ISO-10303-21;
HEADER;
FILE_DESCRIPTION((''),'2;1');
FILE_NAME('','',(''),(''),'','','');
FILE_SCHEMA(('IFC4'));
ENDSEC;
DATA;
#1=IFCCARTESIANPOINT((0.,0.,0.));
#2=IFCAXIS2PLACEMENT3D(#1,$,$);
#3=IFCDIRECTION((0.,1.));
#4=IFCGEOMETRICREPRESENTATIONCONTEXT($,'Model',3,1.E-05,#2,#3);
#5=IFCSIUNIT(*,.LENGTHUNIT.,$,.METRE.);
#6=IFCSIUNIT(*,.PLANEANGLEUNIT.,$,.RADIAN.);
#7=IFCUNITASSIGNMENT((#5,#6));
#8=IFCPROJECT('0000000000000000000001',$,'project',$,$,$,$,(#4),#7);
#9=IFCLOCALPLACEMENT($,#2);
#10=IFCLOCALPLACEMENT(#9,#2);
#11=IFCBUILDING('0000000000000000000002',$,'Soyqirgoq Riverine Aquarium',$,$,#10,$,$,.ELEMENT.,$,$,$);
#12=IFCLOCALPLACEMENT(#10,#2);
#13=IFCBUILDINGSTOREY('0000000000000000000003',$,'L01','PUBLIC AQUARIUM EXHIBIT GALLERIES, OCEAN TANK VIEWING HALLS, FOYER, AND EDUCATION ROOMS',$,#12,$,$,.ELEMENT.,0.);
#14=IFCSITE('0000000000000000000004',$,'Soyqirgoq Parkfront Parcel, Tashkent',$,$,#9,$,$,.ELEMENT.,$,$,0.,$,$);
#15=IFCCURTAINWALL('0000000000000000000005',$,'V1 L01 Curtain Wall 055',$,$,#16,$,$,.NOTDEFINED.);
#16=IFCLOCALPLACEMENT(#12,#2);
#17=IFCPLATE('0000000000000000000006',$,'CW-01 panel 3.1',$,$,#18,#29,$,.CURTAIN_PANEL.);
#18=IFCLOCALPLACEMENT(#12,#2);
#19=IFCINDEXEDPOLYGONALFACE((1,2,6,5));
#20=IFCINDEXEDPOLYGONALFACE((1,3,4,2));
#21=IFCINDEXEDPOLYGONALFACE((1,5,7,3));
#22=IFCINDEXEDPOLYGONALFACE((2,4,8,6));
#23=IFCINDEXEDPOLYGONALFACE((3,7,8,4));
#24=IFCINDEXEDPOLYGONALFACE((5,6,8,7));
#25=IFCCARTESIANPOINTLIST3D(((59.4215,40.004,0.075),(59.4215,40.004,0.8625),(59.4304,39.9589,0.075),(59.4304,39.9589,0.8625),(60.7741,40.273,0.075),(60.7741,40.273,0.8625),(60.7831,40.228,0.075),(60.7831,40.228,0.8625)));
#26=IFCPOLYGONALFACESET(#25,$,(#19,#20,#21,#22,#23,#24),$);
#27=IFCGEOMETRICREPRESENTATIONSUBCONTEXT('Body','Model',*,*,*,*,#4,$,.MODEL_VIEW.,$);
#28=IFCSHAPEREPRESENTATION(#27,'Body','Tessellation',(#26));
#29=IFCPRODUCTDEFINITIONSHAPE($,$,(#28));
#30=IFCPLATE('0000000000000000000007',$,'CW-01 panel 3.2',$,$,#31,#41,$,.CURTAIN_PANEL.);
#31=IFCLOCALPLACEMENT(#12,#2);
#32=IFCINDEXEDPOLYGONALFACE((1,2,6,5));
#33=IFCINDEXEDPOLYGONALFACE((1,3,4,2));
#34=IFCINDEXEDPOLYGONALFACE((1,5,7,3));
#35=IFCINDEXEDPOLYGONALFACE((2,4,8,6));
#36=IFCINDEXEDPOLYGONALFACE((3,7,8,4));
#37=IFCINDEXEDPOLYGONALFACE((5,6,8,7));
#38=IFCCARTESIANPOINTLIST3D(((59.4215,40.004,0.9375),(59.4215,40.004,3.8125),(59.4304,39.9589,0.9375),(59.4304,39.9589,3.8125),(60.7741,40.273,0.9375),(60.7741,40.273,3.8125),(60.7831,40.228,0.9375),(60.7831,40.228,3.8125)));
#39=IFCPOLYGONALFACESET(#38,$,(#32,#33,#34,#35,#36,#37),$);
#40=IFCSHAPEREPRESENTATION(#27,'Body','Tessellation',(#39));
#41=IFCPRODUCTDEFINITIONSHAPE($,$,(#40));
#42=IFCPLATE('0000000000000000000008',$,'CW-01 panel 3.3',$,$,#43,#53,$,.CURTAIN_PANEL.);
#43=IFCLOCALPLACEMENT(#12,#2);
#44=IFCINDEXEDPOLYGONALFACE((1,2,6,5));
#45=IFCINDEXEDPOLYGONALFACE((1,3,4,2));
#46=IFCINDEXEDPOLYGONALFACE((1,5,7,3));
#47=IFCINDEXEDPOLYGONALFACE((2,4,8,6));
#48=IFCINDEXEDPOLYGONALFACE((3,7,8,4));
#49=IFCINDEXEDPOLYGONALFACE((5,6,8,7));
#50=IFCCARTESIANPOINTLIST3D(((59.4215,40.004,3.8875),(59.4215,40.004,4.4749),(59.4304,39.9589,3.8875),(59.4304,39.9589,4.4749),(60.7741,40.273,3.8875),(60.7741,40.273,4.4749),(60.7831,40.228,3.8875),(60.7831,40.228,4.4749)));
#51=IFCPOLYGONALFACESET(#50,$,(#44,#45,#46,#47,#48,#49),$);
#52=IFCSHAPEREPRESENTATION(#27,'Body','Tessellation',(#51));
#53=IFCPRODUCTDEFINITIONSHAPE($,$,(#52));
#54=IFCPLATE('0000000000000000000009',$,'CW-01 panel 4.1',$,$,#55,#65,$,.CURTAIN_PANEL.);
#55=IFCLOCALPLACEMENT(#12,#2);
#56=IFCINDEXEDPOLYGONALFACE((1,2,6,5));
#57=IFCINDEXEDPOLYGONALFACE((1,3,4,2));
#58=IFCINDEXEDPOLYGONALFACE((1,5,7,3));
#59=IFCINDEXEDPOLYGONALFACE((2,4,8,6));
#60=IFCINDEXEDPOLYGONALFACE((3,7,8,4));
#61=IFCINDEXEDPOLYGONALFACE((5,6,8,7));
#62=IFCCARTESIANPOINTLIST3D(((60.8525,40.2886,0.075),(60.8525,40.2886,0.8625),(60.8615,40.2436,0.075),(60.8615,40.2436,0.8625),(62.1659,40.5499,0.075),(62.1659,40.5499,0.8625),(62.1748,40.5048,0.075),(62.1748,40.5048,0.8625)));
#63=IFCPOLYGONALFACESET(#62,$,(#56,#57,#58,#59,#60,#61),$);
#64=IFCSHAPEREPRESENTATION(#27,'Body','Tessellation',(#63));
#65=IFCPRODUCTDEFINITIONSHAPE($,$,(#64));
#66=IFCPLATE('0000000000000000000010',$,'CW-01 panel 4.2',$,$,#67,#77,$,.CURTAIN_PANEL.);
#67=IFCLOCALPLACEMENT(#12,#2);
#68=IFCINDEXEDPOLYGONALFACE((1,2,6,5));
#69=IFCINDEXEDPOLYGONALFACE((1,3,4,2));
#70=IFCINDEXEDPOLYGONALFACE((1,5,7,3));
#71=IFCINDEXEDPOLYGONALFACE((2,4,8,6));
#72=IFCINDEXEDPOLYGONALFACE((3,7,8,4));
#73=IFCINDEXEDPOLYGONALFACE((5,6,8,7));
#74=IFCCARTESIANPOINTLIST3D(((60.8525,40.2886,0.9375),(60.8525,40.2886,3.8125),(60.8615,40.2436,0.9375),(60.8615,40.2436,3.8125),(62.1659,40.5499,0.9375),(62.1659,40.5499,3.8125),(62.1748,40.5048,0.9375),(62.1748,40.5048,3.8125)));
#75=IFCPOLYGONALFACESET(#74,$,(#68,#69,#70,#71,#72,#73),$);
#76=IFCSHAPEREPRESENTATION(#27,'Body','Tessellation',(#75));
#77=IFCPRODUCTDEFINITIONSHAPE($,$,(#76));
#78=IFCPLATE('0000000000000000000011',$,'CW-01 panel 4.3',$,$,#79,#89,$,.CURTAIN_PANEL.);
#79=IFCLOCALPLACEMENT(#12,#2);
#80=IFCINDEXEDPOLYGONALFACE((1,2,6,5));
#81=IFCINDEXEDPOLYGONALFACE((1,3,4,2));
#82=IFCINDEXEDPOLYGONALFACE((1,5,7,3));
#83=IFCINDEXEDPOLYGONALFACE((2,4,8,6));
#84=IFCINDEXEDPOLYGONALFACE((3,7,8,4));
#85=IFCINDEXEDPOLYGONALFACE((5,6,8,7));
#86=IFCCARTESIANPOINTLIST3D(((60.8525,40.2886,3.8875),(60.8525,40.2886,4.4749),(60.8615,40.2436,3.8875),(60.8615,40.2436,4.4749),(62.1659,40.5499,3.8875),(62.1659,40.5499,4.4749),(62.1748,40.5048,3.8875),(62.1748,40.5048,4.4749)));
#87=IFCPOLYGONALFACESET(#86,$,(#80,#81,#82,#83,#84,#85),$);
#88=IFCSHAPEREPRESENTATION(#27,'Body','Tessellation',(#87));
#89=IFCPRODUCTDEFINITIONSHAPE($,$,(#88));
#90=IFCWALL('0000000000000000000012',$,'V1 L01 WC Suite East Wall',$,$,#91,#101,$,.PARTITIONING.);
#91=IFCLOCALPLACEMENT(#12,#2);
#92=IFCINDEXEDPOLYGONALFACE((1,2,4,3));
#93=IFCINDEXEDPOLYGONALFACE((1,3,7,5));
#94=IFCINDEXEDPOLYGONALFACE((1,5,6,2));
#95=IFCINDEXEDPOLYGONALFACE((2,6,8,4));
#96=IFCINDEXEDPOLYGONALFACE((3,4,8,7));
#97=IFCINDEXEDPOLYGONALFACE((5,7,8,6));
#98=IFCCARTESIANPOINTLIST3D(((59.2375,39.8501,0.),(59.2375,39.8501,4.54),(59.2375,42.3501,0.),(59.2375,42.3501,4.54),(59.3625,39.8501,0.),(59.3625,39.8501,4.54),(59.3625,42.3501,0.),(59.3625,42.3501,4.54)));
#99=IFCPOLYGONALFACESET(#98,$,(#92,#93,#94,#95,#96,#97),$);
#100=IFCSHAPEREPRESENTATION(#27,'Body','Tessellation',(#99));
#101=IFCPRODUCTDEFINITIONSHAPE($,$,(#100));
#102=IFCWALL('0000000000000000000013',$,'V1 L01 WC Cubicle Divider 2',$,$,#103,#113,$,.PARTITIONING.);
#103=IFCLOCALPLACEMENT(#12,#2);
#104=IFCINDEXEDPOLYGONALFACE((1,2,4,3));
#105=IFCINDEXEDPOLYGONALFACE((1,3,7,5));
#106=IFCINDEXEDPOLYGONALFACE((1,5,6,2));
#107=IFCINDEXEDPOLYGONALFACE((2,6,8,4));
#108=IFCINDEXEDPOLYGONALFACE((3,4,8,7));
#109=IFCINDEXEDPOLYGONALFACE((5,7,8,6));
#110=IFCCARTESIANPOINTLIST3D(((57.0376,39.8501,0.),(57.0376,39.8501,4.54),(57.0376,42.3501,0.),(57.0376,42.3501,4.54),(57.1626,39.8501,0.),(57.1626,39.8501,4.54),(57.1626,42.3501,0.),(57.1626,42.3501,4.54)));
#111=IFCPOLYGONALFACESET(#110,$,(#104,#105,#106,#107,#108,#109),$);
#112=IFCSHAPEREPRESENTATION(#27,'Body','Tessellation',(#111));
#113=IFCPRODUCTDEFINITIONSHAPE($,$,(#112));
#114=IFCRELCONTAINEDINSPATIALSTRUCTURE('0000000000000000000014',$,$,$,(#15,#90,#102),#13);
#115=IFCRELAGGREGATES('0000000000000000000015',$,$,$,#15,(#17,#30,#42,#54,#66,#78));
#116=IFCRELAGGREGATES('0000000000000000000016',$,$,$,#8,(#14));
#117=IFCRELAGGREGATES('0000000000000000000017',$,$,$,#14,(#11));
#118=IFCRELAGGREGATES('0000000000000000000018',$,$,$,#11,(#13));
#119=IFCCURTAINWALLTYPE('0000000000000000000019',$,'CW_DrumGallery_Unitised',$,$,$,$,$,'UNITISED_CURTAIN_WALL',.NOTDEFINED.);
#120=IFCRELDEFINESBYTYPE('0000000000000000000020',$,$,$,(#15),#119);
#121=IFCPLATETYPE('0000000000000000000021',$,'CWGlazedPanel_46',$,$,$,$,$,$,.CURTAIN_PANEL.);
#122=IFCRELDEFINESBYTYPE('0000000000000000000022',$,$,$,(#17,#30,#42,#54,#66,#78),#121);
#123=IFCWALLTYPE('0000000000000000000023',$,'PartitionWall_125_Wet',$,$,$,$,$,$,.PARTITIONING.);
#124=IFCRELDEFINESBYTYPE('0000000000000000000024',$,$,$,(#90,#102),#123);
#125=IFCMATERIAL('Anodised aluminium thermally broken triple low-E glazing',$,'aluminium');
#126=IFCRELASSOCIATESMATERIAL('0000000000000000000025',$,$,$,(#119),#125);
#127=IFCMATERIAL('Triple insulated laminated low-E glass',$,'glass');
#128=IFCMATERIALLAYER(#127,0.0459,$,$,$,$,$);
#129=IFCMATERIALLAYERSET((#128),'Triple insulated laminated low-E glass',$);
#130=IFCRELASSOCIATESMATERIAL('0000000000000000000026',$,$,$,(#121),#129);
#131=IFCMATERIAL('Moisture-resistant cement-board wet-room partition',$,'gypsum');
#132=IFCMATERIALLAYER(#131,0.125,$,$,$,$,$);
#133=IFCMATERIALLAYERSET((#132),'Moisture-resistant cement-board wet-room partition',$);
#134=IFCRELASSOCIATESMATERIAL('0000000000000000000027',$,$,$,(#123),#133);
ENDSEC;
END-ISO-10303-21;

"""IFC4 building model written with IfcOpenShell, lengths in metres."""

from ifc_helpers import new_model, si_unit, direction, frame, frame_2d, origin, origin_2d, place, context, subcontext, project, spatial, rectangle, extrude, material, layer, layer_set, type_object, element, aggregate, save


model = new_model("IFC4")

# Units and contexts
model_context = context("Model", 3, precision=1e-05, world=origin(), true_north=direction((0.0, 1.0)))
body_context = subcontext(model_context, "Body", "Model", "MODEL_VIEW")
ifc_project = project(units=[si_unit("LENGTHUNIT", "METRE"), si_unit("PLANEANGLEUNIT", "RADIAN")], contexts=[model_context])

# Site, building, storey
site_placement = place(None, origin())
site = spatial("IfcSite", under=ifc_project, at=site_placement, Name="Soyqirgoq Parkfront Parcel, Tashkent", CompositionType="ELEMENT", RefElevation=0.0)
building_placement = place(site_placement, origin())
building = spatial("IfcBuilding", under=site, at=building_placement, Name="Soyqirgoq Riverine Aquarium", CompositionType="ELEMENT")
storey_placement = place(building_placement, origin())
storey = spatial("IfcBuildingStorey", under=building, at=storey_placement, Name="L01", Description="PUBLIC AQUARIUM EXHIBIT GALLERIES, OCEAN TANK VIEWING HALLS, FOYER, AND EDUCATION ROOMS", CompositionType="ELEMENT", Elevation=0.0)

# Curtain wall
ifc_material_1 = material(Name="Anodised aluminium thermally broken triple low-E glazing", Category="aluminium")
curtain_wall_type = type_object("IfcCurtainWallType", Name="CW_DrumGallery_Unitised", ElementType="UNITISED_CURTAIN_WALL", PredefinedType="NOTDEFINED", material=ifc_material_1)
curtain_wall_placement = place(storey_placement, origin())
curtain_wall = element("IfcCurtainWall", 1, at=curtain_wall_placement, inside=storey, type_object=curtain_wall_type, Name="V1 L01 Curtain Wall 055", PredefinedType="NOTDEFINED")

# Plates
ifc_material_2 = material(Name="Triple insulated laminated low-E glass", Category="glass")
ifc_layer_1 = layer(ifc_material_2, 0.0459)
ifc_layer_set_1 = layer_set([ifc_layer_1], Name="Triple insulated laminated low-E glass")
plate_type = type_object("IfcPlateType", Name="CWGlazedPanel_46", PredefinedType="CURTAIN_PANEL", material=ifc_layer_set_1)
plate_1_placement = place(storey_placement, frame((60.1023, 40.116, 0.075), z_axis=(0.0, 0.0, 1.0), x_axis=(0.980788, 0.195075, 0.0)))
plate_1 = element("IfcPlate", 2, at=plate_1_placement, type_object=plate_type, Name="CW-01 panel 3.1", PredefinedType="CURTAIN_PANEL", context=body_context, shape_type="SweptSolid", body=[
    extrude(rectangle(XDim=1.3792, YDim=0.0459, at=origin_2d()), origin(), (0.0, 0.0, 1.0), 0.7876),
])
plate_2_placement = place(storey_placement, frame((60.1023, 40.116, 0.9375), z_axis=(0.0, 0.0, 1.0), x_axis=(0.980788, 0.195075, 0.0)))
plate_2 = element("IfcPlate", 3, at=plate_2_placement, type_object=plate_type, Name="CW-01 panel 3.2", PredefinedType="CURTAIN_PANEL", context=body_context, shape_type="SweptSolid", body=[
    extrude(rectangle(XDim=1.3792, YDim=0.0459, at=origin_2d()), origin(), (0.0, 0.0, 1.0), 2.875),
])
plate_3_placement = place(storey_placement, frame((60.1023, 40.116, 3.8875), z_axis=(0.0, 0.0, 1.0), x_axis=(0.980788, 0.195075, 0.0)))
plate_3 = element("IfcPlate", 4, at=plate_3_placement, type_object=plate_type, Name="CW-01 panel 3.3", PredefinedType="CURTAIN_PANEL", context=body_context, shape_type="SweptSolid", body=[
    extrude(rectangle(XDim=1.3792, YDim=0.0459, at=origin_2d()), origin(), (0.0, 0.0, 1.0), 0.5874),
])
plate_4_placement = place(storey_placement, frame((61.5137, 40.3967, 0.075), z_axis=(0.0, 0.0, 1.0), x_axis=(0.980788, 0.195075, 0.0)))
plate_4 = element("IfcPlate", 5, at=plate_4_placement, type_object=plate_type, Name="CW-01 panel 4.1", PredefinedType="CURTAIN_PANEL", context=body_context, shape_type="SweptSolid", body=[
    extrude(rectangle(XDim=1.3391, YDim=0.0459, at=origin_2d()), origin(), (0.0, 0.0, 1.0), 0.7876),
])
plate_5_placement = place(storey_placement, frame((61.5137, 40.3967, 0.9375), z_axis=(0.0, 0.0, 1.0), x_axis=(0.980788, 0.195075, 0.0)))
plate_5 = element("IfcPlate", 6, at=plate_5_placement, type_object=plate_type, Name="CW-01 panel 4.2", PredefinedType="CURTAIN_PANEL", context=body_context, shape_type="SweptSolid", body=[
    extrude(rectangle(XDim=1.3391, YDim=0.0459, at=origin_2d()), origin(), (0.0, 0.0, 1.0), 2.875),
])
plate_6_placement = place(storey_placement, frame((61.5137, 40.3967, 3.8875), z_axis=(0.0, 0.0, 1.0), x_axis=(0.980788, 0.195075, 0.0)))
plate_6 = element("IfcPlate", 7, at=plate_6_placement, type_object=plate_type, Name="CW-01 panel 4.3", PredefinedType="CURTAIN_PANEL", context=body_context, shape_type="SweptSolid", body=[
    extrude(rectangle(XDim=1.3391, YDim=0.0459, at=origin_2d()), origin(), (0.0, 0.0, 1.0), 0.5874),
])
aggregate(curtain_wall, [plate_1, plate_2, plate_3, plate_4, plate_5, plate_6])

# Walls
ifc_material_3 = material(Name="Moisture-resistant cement-board wet-room partition", Category="gypsum")
ifc_layer_2 = layer(ifc_material_3, 0.125)
ifc_layer_set_2 = layer_set([ifc_layer_2], Name="Moisture-resistant cement-board wet-room partition")
wall_type = type_object("IfcWallType", Name="PartitionWall_125_Wet", PredefinedType="PARTITIONING", material=ifc_layer_set_2)
for number, where, z_axis, x_axis, name in (
    (8, (59.3, 39.8501, 0.0), (0.0, 0.0, 1.0), (0.0, 1.0, 0.0), "V1 L01 WC Suite East Wall"),
    (9, (57.1001, 39.8501, 0.0), (0.0, 0.0, 1.0), (0.0, 1.0, 0.0), "V1 L01 WC Cubicle Divider 2"),
):
    element("IfcWall", number, at=place(storey_placement, frame(where, z_axis=z_axis, x_axis=x_axis)), inside=storey, type_object=wall_type, Name=name, PredefinedType="PARTITIONING", context=body_context, shape_type="SweptSolid", body=[
        extrude(rectangle(XDim=2.5, YDim=0.125, at=frame_2d((1.25, 0.0))), origin(), (0.0, 0.0, 1.0), 4.54),
    ])

save(model, "model.ifc")
